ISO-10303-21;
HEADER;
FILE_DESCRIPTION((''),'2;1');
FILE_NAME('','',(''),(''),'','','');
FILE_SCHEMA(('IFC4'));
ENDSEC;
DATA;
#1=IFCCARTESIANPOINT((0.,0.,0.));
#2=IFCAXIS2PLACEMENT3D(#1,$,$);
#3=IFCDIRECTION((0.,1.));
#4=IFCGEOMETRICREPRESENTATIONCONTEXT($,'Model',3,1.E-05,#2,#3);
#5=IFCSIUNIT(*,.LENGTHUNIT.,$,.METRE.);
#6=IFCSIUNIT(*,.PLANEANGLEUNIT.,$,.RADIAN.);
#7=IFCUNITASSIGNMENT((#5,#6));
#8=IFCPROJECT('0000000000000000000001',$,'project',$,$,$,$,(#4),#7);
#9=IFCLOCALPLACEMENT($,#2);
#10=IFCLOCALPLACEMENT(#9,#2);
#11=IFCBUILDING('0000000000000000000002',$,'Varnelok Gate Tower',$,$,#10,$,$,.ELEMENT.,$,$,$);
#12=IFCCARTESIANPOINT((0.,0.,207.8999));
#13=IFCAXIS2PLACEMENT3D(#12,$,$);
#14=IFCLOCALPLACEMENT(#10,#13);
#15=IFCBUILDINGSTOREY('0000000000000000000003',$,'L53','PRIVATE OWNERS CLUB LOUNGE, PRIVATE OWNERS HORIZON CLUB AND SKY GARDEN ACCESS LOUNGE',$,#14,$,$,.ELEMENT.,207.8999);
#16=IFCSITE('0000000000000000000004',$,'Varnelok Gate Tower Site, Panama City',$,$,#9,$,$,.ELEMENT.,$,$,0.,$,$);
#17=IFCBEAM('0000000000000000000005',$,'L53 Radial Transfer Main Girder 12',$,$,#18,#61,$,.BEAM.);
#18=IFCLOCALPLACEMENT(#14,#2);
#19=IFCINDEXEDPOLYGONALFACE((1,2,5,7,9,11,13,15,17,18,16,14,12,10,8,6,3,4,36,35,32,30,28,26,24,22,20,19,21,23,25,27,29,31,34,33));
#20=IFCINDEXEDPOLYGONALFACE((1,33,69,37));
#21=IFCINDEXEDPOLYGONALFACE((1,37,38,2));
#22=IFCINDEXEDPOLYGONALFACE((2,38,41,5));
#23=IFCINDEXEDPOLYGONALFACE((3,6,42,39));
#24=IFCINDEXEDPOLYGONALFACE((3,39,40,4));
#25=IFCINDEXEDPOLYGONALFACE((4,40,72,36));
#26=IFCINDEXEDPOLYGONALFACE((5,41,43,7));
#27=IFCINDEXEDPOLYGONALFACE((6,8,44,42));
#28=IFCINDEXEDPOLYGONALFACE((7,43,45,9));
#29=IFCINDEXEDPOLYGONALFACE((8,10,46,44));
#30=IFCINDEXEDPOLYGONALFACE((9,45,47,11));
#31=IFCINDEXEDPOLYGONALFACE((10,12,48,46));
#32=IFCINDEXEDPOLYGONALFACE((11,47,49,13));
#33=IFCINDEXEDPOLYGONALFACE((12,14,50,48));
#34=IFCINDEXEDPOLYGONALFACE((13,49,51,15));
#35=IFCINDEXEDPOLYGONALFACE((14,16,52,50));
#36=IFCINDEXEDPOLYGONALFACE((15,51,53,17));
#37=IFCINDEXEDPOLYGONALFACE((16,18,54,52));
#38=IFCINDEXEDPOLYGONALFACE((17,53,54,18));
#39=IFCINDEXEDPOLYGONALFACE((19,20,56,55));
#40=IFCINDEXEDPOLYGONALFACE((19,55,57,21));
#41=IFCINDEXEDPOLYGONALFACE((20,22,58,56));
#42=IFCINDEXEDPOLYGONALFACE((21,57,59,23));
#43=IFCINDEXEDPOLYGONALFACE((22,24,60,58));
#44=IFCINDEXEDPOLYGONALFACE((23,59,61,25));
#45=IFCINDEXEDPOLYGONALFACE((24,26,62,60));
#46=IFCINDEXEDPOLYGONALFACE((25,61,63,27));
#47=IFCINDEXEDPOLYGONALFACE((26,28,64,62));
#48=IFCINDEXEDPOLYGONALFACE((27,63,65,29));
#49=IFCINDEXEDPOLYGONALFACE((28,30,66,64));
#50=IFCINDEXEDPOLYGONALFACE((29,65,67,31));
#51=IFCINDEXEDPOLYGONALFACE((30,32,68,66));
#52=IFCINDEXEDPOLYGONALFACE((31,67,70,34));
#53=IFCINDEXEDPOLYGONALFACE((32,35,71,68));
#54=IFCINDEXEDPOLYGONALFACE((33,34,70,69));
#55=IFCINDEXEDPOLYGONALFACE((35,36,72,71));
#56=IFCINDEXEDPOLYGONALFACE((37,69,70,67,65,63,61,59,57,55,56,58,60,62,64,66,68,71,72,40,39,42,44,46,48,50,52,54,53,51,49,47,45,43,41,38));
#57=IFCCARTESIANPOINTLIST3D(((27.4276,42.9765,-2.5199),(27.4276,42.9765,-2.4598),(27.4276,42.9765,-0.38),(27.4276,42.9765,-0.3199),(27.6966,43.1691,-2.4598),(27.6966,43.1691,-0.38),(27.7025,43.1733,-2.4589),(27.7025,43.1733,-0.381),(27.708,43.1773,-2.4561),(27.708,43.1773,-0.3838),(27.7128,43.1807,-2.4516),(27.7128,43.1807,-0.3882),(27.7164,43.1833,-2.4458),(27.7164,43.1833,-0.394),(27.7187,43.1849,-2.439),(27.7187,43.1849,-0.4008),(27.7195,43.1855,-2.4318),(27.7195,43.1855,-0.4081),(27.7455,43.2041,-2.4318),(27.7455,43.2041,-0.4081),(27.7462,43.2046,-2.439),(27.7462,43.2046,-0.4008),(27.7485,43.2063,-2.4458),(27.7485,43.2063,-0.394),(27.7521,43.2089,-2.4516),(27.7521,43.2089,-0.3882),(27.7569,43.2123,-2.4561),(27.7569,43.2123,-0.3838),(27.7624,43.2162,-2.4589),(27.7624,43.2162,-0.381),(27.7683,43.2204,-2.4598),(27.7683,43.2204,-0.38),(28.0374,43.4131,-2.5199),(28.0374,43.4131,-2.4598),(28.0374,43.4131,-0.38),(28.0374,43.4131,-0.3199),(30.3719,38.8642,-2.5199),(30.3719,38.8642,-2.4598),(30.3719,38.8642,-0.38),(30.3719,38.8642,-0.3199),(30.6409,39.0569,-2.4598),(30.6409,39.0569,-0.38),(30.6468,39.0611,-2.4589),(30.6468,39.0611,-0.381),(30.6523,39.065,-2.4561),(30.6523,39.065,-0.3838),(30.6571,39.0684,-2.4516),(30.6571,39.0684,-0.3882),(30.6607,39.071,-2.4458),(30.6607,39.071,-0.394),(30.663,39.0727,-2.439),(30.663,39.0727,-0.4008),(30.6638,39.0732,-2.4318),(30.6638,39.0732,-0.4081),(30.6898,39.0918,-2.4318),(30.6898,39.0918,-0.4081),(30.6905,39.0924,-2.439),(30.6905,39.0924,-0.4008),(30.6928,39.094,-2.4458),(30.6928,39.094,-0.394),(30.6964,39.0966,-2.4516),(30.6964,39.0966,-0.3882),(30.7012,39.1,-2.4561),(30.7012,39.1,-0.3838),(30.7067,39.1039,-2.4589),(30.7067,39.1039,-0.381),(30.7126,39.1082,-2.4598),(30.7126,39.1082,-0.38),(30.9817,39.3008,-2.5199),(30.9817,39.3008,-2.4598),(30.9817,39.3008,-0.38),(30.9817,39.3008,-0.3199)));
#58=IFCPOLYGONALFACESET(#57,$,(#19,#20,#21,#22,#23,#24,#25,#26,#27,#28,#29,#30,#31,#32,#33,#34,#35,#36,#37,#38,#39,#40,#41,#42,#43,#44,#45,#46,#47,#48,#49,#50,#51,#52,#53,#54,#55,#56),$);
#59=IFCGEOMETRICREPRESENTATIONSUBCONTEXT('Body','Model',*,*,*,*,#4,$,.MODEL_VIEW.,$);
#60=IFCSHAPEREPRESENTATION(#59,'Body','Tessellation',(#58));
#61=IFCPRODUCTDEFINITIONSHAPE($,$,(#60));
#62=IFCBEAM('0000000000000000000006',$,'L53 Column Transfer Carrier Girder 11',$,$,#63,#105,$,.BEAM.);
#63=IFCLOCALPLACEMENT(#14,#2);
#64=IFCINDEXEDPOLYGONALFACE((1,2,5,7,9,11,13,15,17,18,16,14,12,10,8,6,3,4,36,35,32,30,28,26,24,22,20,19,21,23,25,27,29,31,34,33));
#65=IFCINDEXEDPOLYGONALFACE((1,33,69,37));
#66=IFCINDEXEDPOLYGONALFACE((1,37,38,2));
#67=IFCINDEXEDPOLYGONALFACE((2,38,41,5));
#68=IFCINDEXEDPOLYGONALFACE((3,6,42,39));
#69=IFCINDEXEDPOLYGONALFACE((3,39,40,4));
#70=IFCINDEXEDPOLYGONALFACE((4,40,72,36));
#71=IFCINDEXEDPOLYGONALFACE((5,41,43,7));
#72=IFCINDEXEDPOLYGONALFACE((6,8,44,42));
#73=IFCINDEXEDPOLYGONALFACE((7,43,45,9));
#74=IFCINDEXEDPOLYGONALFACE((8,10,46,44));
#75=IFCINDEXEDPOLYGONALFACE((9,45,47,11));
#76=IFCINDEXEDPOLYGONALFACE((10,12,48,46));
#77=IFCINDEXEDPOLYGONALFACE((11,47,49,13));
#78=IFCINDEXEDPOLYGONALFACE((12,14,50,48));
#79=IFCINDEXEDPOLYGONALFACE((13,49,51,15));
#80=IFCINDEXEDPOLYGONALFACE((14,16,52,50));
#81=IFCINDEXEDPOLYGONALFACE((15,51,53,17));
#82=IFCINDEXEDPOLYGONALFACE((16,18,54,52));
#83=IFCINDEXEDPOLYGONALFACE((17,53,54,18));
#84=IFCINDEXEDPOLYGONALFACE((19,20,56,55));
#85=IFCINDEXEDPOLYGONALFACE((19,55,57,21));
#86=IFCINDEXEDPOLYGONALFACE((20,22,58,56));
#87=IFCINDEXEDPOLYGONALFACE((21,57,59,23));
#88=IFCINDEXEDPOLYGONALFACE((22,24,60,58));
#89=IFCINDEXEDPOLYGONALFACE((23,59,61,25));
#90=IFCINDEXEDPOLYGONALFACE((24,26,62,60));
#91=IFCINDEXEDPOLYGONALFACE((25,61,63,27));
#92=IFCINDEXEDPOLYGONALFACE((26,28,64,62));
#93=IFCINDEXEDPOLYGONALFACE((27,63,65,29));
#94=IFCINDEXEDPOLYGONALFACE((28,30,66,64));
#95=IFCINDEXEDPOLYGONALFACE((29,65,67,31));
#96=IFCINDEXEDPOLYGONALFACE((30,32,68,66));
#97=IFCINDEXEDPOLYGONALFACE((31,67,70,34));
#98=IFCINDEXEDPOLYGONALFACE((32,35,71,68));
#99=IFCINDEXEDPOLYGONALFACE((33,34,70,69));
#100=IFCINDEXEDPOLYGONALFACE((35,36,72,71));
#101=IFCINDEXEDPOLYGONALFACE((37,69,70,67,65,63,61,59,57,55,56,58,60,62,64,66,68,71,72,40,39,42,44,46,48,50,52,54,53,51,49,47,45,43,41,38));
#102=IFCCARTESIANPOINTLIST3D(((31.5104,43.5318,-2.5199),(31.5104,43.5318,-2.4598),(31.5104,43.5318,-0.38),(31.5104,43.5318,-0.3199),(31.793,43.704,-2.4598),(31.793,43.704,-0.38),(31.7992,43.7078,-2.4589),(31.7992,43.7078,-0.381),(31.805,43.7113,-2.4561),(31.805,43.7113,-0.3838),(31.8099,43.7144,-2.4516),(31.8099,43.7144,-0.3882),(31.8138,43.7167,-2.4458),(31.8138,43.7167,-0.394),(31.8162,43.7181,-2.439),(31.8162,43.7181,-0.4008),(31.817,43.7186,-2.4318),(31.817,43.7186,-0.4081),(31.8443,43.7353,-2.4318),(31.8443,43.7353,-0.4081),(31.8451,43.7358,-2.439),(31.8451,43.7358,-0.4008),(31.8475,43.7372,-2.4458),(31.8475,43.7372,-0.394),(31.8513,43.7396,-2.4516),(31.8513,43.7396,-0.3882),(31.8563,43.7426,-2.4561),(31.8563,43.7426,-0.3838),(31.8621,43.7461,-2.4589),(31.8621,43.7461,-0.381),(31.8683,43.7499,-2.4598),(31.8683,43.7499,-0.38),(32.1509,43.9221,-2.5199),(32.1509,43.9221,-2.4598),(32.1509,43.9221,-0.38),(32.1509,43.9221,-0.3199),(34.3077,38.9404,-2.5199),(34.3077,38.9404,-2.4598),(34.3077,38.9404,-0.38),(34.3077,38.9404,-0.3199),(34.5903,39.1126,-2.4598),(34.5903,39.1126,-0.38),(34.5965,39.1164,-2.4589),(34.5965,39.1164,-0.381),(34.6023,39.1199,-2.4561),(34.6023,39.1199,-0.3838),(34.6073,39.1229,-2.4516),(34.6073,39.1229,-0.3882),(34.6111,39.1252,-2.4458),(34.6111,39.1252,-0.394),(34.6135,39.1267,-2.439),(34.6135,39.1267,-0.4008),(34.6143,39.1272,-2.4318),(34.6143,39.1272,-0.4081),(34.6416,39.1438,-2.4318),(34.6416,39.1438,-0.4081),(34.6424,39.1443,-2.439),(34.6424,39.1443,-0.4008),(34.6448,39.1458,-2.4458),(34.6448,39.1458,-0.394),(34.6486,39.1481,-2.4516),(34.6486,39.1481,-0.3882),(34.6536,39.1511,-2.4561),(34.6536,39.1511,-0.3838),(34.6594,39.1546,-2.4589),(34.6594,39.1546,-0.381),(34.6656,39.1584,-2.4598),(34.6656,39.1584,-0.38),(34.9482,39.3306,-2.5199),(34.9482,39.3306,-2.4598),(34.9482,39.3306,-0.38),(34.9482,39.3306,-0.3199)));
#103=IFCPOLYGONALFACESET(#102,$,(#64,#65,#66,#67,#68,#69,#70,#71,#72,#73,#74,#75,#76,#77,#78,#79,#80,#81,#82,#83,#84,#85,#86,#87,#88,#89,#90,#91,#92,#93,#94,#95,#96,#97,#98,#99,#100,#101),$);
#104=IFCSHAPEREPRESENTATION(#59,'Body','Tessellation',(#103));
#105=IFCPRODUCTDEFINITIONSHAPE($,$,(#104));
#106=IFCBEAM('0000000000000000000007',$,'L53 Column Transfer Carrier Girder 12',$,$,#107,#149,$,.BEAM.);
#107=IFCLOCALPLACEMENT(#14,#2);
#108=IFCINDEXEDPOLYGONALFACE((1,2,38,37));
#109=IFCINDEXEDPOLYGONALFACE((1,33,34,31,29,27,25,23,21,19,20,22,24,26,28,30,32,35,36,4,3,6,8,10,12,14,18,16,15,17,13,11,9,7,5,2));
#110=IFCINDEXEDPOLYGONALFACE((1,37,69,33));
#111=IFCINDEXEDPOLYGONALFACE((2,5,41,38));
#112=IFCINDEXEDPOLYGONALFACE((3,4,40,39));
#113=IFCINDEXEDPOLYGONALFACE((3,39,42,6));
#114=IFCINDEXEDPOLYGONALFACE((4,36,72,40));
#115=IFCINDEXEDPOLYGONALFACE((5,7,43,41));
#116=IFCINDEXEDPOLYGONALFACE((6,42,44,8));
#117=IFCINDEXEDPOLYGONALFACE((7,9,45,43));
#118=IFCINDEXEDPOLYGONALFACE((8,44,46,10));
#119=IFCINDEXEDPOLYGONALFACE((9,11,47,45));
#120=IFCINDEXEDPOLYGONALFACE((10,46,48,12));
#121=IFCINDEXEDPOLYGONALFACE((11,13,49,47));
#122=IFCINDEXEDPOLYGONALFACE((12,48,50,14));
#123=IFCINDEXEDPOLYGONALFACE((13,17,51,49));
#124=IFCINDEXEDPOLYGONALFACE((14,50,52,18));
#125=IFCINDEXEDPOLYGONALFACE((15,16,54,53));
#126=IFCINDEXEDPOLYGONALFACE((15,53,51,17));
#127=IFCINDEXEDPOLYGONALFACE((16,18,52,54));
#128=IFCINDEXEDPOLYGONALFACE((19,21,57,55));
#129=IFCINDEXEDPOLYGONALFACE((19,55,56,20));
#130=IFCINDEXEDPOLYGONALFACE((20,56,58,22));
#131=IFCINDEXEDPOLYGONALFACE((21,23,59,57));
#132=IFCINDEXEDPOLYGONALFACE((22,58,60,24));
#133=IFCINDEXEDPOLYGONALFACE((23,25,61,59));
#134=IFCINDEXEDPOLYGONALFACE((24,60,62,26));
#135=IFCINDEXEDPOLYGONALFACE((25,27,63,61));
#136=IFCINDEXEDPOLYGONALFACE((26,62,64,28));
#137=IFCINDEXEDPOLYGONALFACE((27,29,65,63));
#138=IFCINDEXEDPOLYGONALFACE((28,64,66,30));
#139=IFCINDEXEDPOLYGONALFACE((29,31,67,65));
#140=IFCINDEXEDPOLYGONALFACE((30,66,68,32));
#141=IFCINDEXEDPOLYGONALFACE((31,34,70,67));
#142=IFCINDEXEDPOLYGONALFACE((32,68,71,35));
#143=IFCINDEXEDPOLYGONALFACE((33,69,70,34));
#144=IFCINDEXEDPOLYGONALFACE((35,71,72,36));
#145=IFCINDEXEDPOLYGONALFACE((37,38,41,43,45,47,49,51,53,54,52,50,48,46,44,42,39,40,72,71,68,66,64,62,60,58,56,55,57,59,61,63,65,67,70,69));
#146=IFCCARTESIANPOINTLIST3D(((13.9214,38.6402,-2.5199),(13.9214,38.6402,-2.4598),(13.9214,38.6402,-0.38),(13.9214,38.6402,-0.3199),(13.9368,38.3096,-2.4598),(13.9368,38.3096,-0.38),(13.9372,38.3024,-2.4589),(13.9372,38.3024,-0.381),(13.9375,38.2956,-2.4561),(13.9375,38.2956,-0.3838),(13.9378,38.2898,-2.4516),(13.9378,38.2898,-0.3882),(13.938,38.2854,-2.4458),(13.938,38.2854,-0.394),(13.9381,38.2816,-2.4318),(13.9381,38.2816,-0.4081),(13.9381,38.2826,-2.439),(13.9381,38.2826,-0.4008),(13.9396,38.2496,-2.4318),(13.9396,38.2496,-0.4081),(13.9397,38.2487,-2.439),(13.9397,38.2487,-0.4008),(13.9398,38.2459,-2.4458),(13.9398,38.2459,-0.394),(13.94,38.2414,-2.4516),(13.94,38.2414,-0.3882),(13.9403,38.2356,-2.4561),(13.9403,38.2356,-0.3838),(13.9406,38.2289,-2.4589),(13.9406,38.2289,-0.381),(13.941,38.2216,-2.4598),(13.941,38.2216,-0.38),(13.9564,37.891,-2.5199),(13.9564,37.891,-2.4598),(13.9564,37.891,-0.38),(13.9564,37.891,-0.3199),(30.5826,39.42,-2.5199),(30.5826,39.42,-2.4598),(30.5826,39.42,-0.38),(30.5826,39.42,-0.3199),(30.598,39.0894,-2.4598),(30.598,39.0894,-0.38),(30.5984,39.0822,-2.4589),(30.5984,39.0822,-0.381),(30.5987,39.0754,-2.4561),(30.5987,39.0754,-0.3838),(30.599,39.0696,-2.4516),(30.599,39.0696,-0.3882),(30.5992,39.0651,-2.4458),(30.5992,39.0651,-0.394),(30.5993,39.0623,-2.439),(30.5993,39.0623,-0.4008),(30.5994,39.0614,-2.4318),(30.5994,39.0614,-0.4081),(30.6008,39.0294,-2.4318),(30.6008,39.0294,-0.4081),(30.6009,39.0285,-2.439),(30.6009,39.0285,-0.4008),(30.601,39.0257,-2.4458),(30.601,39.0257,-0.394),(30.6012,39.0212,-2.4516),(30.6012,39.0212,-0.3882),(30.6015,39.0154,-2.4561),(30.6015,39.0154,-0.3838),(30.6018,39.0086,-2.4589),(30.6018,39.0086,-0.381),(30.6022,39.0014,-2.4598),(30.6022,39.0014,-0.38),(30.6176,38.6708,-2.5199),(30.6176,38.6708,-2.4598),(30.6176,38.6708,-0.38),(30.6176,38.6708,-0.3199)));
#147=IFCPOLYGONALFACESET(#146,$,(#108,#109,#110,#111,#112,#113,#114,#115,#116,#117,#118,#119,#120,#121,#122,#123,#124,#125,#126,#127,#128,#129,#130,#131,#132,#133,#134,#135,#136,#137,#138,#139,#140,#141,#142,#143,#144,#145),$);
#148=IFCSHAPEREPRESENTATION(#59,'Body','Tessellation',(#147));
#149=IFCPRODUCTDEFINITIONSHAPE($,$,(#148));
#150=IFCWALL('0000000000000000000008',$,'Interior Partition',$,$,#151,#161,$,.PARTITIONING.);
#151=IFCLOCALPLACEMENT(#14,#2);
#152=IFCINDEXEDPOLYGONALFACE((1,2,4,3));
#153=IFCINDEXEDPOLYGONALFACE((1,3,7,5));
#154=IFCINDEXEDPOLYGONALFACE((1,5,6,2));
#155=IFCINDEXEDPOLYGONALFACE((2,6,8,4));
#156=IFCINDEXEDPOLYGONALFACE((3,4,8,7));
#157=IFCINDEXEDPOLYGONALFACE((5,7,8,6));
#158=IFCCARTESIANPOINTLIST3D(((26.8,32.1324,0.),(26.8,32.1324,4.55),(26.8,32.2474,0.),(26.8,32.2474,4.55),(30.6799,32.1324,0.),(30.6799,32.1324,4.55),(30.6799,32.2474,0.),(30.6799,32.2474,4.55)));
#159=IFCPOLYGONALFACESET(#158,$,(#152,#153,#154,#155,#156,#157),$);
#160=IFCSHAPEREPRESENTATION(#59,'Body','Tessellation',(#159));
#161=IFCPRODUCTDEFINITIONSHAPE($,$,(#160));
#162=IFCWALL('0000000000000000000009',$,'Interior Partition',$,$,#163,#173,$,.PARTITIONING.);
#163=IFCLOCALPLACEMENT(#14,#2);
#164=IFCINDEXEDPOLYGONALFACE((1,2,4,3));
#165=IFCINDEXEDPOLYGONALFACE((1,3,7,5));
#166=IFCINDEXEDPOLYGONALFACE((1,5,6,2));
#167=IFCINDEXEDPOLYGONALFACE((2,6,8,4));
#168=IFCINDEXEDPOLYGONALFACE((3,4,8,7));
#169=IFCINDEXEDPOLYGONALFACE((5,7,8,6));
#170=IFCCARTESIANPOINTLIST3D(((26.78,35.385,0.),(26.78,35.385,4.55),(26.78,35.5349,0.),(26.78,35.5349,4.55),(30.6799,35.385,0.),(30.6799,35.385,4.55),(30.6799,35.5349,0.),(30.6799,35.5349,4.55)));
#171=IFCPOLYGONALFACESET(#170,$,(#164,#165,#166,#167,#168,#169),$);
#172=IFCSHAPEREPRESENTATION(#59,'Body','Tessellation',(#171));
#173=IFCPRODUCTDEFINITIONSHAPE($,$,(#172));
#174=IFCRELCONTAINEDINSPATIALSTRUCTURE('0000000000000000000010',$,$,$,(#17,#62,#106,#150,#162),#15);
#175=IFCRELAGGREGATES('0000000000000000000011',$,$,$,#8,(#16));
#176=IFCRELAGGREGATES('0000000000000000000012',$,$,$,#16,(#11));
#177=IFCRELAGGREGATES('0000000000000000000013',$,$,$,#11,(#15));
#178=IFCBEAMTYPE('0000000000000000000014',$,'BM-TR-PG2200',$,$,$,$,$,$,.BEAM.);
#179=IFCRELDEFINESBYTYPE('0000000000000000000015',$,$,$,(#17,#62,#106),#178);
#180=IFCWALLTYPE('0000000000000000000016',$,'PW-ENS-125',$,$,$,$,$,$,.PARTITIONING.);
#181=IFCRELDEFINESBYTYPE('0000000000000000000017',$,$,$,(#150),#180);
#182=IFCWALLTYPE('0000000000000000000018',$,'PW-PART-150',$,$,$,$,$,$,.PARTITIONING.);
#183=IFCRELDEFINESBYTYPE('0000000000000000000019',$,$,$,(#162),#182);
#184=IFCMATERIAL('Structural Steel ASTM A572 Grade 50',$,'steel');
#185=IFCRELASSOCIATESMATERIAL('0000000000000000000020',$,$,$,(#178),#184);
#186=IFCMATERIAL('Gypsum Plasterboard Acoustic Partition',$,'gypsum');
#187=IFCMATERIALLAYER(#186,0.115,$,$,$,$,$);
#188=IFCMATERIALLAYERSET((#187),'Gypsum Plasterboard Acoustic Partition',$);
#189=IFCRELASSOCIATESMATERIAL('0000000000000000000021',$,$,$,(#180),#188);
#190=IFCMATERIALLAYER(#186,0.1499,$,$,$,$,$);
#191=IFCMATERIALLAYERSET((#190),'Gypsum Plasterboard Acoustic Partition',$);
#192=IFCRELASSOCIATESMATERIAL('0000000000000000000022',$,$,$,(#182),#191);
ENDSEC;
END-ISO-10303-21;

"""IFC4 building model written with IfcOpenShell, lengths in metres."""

from ifc_helpers import new_model, si_unit, direction, frame, frame_2d, origin, origin_2d, place, context, subcontext, project, spatial, rectangle, i_section, extrude, material, layer, layer_set, material_profile, profile_set, type_object, element, save


model = new_model("IFC4")

# Units and contexts
model_context = context("Model", 3, precision=1e-05, world=origin(), true_north=direction((0.0, 1.0)))
body_context = subcontext(model_context, "Body", "Model", "MODEL_VIEW")
ifc_project = project(units=[si_unit("LENGTHUNIT", "METRE"), si_unit("PLANEANGLEUNIT", "RADIAN")], contexts=[model_context])

# Site, building, storey
site_placement = place(None, origin())
site = spatial("IfcSite", under=ifc_project, at=site_placement, Name="Varnelok Gate Tower Site, Panama City", CompositionType="ELEMENT", RefElevation=0.0)
building_placement = place(site_placement, origin())
building = spatial("IfcBuilding", under=site, at=building_placement, Name="Varnelok Gate Tower", CompositionType="ELEMENT")
storey_placement = place(building_placement, frame((0.0, 0.0, 207.8999)))
storey = spatial("IfcBuildingStorey", under=building, at=storey_placement, Name="L53", Description="PRIVATE OWNERS CLUB LOUNGE, PRIVATE OWNERS HORIZON CLUB AND SKY GARDEN ACCESS LOUNGE", CompositionType="ELEMENT", Elevation=207.8999)

# Beams
ifc_material_1 = material(Name="Structural Steel ASTM A572 Grade 50", Category="steel")
ifc_material_profile_1 = material_profile(ifc_material_1, i_section(OverallWidth=0.75, OverallDepth=2.2, WebThickness=0.032, FlangeThickness=0.0601, FilletRadius=0.0281, at=origin_2d()), Name="PG2200X750")
ifc_profile_set_1 = profile_set([ifc_material_profile_1], Name="Structural Steel ASTM A572 Grade 50")
beam_type = type_object("IfcBeamType", Name="BM-TR-PG2200", PredefinedType="BEAM", material=ifc_profile_set_1)
beam_1_placement = place(storey_placement, frame((30.6768, 39.0825, -1.4199), z_axis=(-0.582151, 0.813081, 0.0), x_axis=(-0.813081, -0.582151, 0.0)))
element("IfcBeam", 1, at=beam_1_placement, inside=storey, type_object=beam_type, Name="L53 Radial Transfer Main Girder 12", PredefinedType="BEAM", context=body_context, shape_type="SweptSolid", body=[
    extrude(i_section(OverallWidth=0.75, OverallDepth=2.2, WebThickness=0.032, FlangeThickness=0.0601, FilletRadius=0.0281, at=origin_2d()), origin(), (0.0, 0.0, 1.0), 5.0576),
])
beam_2_placement = place(storey_placement, frame((34.6279, 39.1355, -1.4199), z_axis=(-0.520287, 0.853992, 0.0), x_axis=(-0.853992, -0.520287, 0.0)))
element("IfcBeam", 2, at=beam_2_placement, inside=storey, type_object=beam_type, Name="L53 Column Transfer Carrier Girder 11", PredefinedType="BEAM", context=body_context, shape_type="SweptSolid", body=[
    extrude(i_section(OverallWidth=0.75, OverallDepth=2.2, WebThickness=0.032, FlangeThickness=0.0601, FilletRadius=0.0281, at=origin_2d()), origin(), (0.0, 0.0, 1.0), 5.3765),
])
beam_3_placement = place(storey_placement, frame((30.6001, 39.0454, -1.4199), z_axis=(-0.998907, -0.046751, 0.0), x_axis=(0.046751, -0.998907, 0.0)))
element("IfcBeam", 3, at=beam_3_placement, inside=storey, type_object=beam_type, Name="L53 Column Transfer Carrier Girder 12", PredefinedType="BEAM", context=body_context, shape_type="SweptSolid", body=[
    extrude(i_section(OverallWidth=0.75, OverallDepth=2.2, WebThickness=0.032, FlangeThickness=0.0601, FilletRadius=0.0281, at=origin_2d()), origin(), (0.0, 0.0, 1.0), 16.6794),
])

# Walls
ifc_material_2 = material(Name="Gypsum Plasterboard Acoustic Partition", Category="gypsum")
ifc_layer_1 = layer(ifc_material_2, 0.115)
ifc_layer_set_1 = layer_set([ifc_layer_1], Name="Gypsum Plasterboard Acoustic Partition")
wall_type_1 = type_object("IfcWallType", Name="PW-ENS-125", PredefinedType="PARTITIONING", material=ifc_layer_set_1)
wall_1_placement = place(storey_placement, frame((26.8, 32.1899, 0.0), z_axis=(0.0, 0.0, 1.0), x_axis=(1.0, 0.0, 0.0)))
element("IfcWall", 4, at=wall_1_placement, inside=storey, type_object=wall_type_1, Name="Interior Partition", PredefinedType="PARTITIONING", context=body_context, shape_type="SweptSolid", body=[
    extrude(rectangle(XDim=3.8799, YDim=0.115, at=frame_2d((1.9399, 0.0))), origin(), (0.0, 0.0, 1.0), 4.55),
])
ifc_layer_2 = layer(ifc_material_2, 0.1499)
ifc_layer_set_2 = layer_set([ifc_layer_2], Name="Gypsum Plasterboard Acoustic Partition")
wall_type_2 = type_object("IfcWallType", Name="PW-PART-150", PredefinedType="PARTITIONING", material=ifc_layer_set_2)
wall_2_placement = place(storey_placement, frame((26.78, 35.46, 0.0), z_axis=(0.0, 0.0, 1.0), x_axis=(1.0, 0.0, 0.0)))
element("IfcWall", 5, at=wall_2_placement, inside=storey, type_object=wall_type_2, Name="Interior Partition", PredefinedType="PARTITIONING", context=body_context, shape_type="SweptSolid", body=[
    extrude(rectangle(XDim=3.8999, YDim=0.1499, at=frame_2d((1.95, 0.0))), origin(), (0.0, 0.0, 1.0), 4.55),
])

save(model, "model.ifc")
